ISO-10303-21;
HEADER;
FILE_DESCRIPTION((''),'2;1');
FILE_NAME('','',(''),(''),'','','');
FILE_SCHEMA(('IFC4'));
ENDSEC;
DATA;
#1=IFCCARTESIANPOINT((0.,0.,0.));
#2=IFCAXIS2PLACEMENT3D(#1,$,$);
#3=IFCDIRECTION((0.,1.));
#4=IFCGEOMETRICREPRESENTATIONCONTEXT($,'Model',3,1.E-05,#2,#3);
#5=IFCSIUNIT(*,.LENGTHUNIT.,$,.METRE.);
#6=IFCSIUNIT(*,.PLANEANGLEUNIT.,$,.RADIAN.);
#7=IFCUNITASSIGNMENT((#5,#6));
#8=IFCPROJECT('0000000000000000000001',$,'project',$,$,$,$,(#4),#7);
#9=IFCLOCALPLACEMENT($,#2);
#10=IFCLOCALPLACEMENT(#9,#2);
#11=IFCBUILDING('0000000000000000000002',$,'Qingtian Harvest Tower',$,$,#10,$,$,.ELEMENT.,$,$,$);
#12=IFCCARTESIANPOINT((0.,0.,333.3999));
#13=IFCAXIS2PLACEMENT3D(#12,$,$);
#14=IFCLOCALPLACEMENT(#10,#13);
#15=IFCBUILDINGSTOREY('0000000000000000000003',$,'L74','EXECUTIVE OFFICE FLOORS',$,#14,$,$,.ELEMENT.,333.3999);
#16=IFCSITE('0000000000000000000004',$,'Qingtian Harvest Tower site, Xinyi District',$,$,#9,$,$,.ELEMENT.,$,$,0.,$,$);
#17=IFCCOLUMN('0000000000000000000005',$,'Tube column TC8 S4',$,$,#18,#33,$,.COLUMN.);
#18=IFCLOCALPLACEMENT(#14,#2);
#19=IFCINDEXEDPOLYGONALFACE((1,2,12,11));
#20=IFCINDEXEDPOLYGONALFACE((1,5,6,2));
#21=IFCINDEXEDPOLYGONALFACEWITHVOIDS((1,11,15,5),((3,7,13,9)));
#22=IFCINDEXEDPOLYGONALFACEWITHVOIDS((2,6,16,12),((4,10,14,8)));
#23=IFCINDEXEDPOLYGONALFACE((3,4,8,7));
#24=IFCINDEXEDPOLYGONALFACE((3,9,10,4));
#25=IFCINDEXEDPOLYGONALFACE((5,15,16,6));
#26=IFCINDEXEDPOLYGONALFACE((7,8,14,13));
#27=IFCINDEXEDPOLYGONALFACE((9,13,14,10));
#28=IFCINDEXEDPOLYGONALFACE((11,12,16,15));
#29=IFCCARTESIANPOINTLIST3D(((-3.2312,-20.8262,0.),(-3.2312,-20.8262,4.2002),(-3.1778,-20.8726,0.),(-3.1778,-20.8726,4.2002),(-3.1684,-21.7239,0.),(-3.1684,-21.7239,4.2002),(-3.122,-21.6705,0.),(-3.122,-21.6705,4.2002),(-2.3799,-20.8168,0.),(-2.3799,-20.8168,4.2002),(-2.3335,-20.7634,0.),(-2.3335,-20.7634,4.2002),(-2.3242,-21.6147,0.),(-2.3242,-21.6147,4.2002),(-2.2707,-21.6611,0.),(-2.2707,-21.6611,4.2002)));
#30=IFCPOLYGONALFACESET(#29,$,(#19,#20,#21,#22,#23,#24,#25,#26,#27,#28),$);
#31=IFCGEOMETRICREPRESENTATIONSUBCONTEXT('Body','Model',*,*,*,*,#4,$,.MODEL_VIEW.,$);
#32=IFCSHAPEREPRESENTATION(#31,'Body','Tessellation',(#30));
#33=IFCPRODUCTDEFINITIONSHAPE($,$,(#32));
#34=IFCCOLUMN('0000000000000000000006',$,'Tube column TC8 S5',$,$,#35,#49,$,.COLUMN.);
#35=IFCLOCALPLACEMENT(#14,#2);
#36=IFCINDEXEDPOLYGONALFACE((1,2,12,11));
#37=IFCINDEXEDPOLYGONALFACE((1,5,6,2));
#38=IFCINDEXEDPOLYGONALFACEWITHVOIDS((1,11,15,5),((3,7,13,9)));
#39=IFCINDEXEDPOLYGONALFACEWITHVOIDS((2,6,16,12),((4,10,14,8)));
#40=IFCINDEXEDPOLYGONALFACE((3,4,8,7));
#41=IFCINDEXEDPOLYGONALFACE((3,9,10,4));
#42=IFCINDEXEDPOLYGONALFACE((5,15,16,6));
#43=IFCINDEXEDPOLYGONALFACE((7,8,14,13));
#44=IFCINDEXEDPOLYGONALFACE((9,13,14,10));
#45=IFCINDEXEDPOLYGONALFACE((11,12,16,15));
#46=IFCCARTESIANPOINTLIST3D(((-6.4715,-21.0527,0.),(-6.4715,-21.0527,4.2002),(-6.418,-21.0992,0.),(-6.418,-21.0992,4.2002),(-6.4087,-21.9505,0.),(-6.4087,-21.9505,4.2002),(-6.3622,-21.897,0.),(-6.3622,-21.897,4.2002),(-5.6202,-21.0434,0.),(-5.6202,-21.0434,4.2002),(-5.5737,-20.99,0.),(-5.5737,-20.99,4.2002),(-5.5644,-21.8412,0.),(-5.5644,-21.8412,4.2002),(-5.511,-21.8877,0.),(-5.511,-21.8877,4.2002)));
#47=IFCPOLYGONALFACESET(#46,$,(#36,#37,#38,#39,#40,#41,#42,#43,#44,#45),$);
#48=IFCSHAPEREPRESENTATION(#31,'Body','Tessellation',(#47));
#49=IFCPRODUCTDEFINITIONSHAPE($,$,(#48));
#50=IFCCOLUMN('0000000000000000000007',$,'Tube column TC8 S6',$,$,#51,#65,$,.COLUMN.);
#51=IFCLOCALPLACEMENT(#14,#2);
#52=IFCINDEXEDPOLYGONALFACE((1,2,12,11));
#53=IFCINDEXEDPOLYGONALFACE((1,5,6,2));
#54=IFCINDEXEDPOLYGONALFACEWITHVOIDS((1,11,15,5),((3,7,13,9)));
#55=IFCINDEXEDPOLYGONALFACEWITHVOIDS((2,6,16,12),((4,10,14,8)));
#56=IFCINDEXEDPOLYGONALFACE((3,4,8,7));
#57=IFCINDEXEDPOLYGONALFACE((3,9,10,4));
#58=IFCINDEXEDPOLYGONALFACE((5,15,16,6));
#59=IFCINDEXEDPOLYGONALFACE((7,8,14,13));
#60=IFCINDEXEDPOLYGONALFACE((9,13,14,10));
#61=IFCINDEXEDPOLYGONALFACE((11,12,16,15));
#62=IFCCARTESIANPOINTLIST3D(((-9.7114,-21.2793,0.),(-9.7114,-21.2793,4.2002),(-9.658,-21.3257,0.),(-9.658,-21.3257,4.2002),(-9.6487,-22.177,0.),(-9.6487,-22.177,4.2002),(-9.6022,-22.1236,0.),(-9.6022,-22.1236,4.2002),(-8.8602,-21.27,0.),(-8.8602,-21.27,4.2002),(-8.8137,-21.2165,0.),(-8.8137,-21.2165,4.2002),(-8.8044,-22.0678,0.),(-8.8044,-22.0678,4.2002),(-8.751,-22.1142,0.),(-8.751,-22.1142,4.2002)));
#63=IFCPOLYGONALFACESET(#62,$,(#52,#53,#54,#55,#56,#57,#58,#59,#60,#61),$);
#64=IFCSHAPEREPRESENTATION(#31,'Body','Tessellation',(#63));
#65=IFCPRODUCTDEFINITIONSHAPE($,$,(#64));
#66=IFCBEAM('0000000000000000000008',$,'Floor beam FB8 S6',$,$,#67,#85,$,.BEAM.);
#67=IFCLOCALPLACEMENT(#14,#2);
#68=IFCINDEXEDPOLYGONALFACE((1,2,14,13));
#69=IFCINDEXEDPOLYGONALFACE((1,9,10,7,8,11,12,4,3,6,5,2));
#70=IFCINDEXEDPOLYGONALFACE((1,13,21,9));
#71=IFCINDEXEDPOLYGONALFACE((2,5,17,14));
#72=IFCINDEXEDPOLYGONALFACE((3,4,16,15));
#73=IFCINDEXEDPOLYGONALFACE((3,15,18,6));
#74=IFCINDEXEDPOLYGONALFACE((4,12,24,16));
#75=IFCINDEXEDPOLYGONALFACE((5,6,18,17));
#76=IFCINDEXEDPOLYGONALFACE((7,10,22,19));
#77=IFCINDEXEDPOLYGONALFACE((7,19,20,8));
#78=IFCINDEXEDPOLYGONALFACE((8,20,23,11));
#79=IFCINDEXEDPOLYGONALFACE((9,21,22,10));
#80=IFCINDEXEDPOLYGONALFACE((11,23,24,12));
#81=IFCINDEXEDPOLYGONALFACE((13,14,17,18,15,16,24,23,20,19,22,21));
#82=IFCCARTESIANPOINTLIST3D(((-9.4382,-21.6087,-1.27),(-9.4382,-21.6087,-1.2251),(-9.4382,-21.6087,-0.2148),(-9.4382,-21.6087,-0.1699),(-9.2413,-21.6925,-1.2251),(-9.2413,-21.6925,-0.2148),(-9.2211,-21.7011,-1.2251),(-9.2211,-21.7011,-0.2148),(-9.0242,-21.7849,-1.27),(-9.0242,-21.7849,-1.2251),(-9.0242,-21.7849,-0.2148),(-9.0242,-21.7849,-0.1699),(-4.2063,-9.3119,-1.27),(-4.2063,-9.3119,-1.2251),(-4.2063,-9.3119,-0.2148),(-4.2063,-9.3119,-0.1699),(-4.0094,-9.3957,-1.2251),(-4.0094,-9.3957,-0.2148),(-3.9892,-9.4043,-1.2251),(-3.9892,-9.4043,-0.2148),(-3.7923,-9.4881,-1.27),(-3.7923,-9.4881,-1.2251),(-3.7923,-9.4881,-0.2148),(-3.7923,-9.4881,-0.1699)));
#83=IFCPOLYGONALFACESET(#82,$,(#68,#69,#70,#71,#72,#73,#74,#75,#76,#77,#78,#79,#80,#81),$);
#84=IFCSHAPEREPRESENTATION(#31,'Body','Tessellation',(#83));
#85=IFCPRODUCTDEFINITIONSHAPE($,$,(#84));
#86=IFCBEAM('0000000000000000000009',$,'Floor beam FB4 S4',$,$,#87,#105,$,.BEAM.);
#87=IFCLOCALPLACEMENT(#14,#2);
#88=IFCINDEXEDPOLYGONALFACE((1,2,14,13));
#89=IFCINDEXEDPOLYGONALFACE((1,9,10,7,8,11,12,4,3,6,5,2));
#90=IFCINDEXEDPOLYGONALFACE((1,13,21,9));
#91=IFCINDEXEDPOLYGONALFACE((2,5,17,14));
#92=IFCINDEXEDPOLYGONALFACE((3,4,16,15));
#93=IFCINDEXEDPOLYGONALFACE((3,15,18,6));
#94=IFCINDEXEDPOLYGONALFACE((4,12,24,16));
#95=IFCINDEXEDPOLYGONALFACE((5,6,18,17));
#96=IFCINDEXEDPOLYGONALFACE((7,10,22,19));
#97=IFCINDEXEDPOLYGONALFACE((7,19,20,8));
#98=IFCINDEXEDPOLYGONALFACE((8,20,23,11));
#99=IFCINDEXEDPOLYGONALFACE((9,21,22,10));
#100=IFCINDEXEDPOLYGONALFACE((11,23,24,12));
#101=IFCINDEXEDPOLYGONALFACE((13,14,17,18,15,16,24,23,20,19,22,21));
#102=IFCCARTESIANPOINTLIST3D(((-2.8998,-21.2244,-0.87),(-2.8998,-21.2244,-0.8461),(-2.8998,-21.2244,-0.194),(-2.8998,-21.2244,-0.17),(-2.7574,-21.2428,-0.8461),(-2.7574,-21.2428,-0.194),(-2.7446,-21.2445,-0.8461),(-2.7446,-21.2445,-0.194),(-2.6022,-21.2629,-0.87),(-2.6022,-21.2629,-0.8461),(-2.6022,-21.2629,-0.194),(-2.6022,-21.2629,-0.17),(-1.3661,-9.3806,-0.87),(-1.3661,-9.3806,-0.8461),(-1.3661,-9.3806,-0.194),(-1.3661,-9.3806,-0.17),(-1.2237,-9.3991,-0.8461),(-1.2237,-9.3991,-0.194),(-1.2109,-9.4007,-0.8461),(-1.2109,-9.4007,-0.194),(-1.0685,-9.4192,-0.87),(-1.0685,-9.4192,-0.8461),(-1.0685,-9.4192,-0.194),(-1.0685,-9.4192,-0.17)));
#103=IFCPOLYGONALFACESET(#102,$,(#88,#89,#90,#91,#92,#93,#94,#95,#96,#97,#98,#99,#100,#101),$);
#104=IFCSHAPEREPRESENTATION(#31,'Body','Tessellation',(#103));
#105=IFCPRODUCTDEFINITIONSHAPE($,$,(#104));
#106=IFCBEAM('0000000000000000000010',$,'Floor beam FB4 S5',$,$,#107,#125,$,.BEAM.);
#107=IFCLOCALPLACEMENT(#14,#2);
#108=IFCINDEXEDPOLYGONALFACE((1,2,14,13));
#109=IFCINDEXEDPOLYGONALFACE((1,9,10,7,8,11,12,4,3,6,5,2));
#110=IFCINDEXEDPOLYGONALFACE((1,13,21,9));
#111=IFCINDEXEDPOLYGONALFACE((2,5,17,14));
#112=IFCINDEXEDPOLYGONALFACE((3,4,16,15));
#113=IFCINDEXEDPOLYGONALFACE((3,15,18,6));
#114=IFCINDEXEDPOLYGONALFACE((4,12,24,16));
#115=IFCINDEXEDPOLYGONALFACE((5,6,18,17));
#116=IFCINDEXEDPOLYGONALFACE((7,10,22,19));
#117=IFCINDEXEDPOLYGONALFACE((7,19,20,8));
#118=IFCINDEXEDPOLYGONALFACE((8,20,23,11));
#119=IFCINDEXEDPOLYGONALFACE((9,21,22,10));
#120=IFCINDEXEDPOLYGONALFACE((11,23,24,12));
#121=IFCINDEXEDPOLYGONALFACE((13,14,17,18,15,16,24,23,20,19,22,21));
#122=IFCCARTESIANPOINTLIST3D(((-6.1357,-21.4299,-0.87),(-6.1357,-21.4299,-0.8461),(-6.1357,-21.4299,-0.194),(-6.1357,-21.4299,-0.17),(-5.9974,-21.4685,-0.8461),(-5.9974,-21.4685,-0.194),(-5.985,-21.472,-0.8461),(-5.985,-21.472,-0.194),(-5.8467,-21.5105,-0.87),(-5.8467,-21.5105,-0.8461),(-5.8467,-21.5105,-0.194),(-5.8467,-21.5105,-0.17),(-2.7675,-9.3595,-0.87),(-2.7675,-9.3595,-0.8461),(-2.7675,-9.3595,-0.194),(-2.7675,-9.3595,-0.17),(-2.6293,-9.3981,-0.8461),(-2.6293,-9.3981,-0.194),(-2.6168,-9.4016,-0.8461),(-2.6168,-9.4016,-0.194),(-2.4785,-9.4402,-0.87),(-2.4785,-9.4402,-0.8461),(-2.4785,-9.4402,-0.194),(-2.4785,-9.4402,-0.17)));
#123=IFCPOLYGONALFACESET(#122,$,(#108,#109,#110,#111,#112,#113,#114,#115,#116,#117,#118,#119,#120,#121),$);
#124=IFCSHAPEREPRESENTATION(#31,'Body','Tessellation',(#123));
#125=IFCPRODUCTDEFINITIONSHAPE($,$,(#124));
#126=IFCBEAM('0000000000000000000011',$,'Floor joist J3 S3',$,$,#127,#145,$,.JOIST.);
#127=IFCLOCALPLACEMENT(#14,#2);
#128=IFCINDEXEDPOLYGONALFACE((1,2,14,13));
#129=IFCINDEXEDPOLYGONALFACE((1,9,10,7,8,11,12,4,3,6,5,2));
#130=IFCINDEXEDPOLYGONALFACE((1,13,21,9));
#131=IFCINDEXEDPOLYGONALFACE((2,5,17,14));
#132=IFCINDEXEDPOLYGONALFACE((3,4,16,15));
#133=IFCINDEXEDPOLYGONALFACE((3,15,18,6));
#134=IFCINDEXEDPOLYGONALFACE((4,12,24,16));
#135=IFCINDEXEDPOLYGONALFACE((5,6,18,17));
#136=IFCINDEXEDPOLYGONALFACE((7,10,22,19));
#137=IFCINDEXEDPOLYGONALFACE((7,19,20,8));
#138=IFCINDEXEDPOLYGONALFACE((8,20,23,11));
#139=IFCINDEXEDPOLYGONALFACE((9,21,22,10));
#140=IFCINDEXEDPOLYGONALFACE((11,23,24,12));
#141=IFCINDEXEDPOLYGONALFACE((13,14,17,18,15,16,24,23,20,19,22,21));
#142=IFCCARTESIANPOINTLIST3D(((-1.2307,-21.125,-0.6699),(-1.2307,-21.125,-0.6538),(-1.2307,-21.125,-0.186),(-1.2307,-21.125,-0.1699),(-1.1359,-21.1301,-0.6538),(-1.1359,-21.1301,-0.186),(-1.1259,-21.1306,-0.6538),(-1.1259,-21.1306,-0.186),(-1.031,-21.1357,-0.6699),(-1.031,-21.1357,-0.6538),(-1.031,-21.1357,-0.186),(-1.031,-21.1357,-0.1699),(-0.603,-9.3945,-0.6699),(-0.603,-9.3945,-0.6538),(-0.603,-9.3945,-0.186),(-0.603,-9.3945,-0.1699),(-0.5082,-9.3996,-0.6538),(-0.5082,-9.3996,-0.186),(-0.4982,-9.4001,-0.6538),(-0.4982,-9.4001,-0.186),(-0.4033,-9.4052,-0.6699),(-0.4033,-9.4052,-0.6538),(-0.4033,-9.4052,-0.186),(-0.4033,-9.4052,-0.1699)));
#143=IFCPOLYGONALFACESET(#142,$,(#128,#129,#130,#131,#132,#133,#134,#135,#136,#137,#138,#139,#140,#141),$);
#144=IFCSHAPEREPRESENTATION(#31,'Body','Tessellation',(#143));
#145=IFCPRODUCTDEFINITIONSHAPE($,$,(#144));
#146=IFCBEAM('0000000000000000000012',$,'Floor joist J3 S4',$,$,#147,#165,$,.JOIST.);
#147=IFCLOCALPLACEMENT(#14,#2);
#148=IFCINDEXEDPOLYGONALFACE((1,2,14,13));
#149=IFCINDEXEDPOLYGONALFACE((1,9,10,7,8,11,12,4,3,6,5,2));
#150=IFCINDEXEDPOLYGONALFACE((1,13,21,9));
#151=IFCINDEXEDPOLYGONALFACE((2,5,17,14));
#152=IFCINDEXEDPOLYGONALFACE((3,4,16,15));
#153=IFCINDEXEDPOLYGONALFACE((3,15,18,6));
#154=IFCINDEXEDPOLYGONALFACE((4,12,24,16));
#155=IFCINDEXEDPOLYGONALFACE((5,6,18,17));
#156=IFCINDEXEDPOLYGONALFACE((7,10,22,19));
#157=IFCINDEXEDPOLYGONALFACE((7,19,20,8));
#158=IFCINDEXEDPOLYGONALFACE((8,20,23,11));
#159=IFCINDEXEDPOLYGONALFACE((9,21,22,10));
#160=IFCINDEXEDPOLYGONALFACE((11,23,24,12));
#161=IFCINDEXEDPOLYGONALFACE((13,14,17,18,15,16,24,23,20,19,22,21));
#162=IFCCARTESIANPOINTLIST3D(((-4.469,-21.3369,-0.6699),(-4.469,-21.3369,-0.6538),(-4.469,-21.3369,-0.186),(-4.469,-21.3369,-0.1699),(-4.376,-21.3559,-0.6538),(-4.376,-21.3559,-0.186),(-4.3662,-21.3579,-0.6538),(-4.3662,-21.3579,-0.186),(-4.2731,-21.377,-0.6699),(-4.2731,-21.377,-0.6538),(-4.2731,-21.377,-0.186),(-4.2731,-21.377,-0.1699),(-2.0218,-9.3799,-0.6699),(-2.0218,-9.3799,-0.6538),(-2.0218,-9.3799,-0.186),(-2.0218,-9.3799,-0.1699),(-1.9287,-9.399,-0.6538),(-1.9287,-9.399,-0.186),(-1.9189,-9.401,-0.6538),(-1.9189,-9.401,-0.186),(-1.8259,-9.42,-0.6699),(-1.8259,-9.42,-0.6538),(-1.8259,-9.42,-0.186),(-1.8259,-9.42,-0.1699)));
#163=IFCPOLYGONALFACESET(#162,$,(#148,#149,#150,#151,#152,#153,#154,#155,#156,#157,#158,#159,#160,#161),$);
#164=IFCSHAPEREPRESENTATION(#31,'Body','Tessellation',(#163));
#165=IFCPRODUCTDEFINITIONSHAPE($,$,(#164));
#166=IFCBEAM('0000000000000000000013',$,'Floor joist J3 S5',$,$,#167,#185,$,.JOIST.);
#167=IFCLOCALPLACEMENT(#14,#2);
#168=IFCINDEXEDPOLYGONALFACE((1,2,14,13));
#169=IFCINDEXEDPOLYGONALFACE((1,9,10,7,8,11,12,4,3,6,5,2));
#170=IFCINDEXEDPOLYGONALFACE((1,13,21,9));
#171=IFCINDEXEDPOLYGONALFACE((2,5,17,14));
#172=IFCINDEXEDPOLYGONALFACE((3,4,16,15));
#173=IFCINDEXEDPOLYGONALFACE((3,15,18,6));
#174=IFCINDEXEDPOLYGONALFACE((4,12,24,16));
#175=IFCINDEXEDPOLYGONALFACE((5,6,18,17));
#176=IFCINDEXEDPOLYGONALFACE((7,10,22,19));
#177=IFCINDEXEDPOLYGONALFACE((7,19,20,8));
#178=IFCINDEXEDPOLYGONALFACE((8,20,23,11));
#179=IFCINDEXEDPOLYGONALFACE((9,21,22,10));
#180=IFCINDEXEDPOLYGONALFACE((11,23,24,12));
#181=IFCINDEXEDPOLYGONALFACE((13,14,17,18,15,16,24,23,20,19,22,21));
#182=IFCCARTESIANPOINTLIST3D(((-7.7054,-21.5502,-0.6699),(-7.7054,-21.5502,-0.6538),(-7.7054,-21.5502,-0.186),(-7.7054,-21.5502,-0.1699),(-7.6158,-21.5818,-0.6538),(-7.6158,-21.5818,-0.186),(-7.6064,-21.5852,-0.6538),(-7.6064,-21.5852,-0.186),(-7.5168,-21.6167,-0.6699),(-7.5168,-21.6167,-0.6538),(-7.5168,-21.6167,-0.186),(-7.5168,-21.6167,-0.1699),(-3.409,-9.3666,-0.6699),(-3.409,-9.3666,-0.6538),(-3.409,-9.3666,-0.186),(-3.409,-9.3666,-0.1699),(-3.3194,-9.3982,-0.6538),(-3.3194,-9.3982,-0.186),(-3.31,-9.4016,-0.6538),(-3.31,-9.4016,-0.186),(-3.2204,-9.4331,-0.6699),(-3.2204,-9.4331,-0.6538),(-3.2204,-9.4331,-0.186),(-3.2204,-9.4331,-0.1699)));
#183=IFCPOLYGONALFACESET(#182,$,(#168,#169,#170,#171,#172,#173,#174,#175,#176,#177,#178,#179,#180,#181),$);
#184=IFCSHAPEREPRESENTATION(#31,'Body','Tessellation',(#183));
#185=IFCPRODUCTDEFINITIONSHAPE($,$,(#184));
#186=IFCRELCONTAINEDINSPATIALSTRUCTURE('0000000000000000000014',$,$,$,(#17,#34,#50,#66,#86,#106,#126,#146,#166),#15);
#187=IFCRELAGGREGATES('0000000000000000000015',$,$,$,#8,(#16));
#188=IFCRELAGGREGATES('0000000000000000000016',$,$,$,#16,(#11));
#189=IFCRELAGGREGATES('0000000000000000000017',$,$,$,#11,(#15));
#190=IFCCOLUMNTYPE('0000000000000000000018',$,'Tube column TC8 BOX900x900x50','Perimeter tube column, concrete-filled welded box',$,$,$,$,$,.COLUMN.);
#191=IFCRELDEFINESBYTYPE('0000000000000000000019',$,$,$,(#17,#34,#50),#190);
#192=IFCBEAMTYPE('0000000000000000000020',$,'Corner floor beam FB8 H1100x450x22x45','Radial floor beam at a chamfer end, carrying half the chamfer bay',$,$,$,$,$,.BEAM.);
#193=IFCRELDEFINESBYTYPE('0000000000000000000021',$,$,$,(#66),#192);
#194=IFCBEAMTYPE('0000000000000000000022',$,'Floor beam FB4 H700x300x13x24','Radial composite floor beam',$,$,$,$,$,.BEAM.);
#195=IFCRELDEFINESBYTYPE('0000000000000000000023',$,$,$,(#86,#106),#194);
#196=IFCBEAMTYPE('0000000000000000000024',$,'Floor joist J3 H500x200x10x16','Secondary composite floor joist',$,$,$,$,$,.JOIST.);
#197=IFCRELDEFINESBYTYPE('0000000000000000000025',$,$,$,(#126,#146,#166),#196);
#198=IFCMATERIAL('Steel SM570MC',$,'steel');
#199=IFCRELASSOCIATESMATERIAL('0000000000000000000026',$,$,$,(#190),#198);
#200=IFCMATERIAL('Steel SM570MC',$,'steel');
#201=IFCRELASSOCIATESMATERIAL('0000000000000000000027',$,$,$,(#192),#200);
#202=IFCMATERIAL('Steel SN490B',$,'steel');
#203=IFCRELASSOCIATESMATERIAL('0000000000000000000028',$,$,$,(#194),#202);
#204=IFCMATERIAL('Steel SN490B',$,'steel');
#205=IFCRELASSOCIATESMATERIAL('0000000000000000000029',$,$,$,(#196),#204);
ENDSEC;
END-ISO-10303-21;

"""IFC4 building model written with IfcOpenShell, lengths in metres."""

from ifc_helpers import new_model, si_unit, direction, frame, origin, origin_2d, place, context, subcontext, project, spatial, hollow_rectangle, i_section, extrude, material, material_profile, profile_set, type_object, element, save


model = new_model("IFC4")

# Units and contexts
model_context = context("Model", 3, precision=1e-05, world=origin(), true_north=direction((0.0, 1.0)))
body_context = subcontext(model_context, "Body", "Model", "MODEL_VIEW")
ifc_project = project(units=[si_unit("LENGTHUNIT", "METRE"), si_unit("PLANEANGLEUNIT", "RADIAN")], contexts=[model_context])

# Site, building, storey
site_placement = place(None, origin())
site = spatial("IfcSite", under=ifc_project, at=site_placement, Name="Qingtian Harvest Tower site, Xinyi District", CompositionType="ELEMENT", RefElevation=0.0)
building_placement = place(site_placement, origin())
building = spatial("IfcBuilding", under=site, at=building_placement, Name="Qingtian Harvest Tower", CompositionType="ELEMENT")
storey_placement = place(building_placement, frame((0.0, 0.0, 333.3999)))
storey = spatial("IfcBuildingStorey", under=building, at=storey_placement, Name="L74", Description="EXECUTIVE OFFICE FLOORS", CompositionType="ELEMENT", Elevation=333.3999)

# Columns
ifc_material_1 = material(Name="Steel SM570MC", Category="steel")
ifc_material_profile_1 = material_profile(ifc_material_1, hollow_rectangle(XDim=0.8999, YDim=0.8999, WallThickness=0.05, at=origin_2d()), Name="BOX900x900x50")
ifc_profile_set_1 = profile_set([ifc_material_profile_1], Name="Steel SM570MC")
column_type = type_object("IfcColumnType", Name="Tube column TC8 BOX900x900x50", Description="Perimeter tube column, concrete-filled welded box", PredefinedType="COLUMN", material=ifc_profile_set_1)
for number, where, z_axis, x_axis, name in (
    (1, (-2.751, -21.2437, 0.0), (0.0, 0.0, 1.0), (0.997564, 0.069756, 0.0), "Tube column TC8 S4"),
    (2, (-5.9912, -21.4702, 0.0), (0.0, 0.0, 1.0), (0.997564, 0.069756, 0.0), "Tube column TC8 S5"),
    (3, (-9.2312, -21.6968, 0.0), (0.0, 0.0, 1.0), (0.997564, 0.069756, 0.0), "Tube column TC8 S6"),
):
    element("IfcColumn", number, at=place(storey_placement, frame(where, z_axis=z_axis, x_axis=x_axis)), inside=storey, type_object=column_type, Name=name, PredefinedType="COLUMN", context=body_context, shape_type="SweptSolid", body=[
        extrude(hollow_rectangle(XDim=0.8999, YDim=0.8999, WallThickness=0.05, at=origin_2d()), origin(), (0.0, 0.0, 1.0), 4.2002),
    ])

# Beams
ifc_material_2 = material(Name="Steel SM570MC", Category="steel")
ifc_material_profile_2 = material_profile(ifc_material_2, i_section(OverallWidth=0.45, OverallDepth=1.1001, WebThickness=0.022, FlangeThickness=0.0449, at=origin_2d()), Name="H1100x450x22x45")
ifc_profile_set_2 = profile_set([ifc_material_profile_2], Name="Steel SM570MC")
beam_type_1 = type_object("IfcBeamType", Name="Corner floor beam FB8 H1100x450x22x45", Description="Radial floor beam at a chamfer end, carrying half the chamfer bay", PredefinedType="BEAM", material=ifc_profile_set_2)
beam_1_placement = place(storey_placement, frame((-9.2312, -21.6968, -0.72), z_axis=(0.391506, 0.920176, 0.0), x_axis=(-0.920176, 0.391506, 0.0)))
element("IfcBeam", 4, at=beam_1_placement, inside=storey, type_object=beam_type_1, Name="Floor beam FB8 S6", PredefinedType="BEAM", context=body_context, shape_type="SweptSolid", body=[
    extrude(i_section(OverallWidth=0.45, OverallDepth=1.1001, WebThickness=0.022, FlangeThickness=0.0449, at=origin_2d()), origin(), (0.0, 0.0, 1.0), 13.3635),
])
ifc_material_3 = material(Name="Steel SN490B", Category="steel")
ifc_material_profile_3 = material_profile(ifc_material_3, i_section(OverallWidth=0.3, OverallDepth=0.7, WebThickness=0.0129, FlangeThickness=0.0239, at=origin_2d()), Name="H700x300x13x24")
ifc_profile_set_3 = profile_set([ifc_material_profile_3], Name="Steel SN490B")
beam_type_2 = type_object("IfcBeamType", Name="Floor beam FB4 H700x300x13x24", Description="Radial composite floor beam", PredefinedType="BEAM", material=ifc_profile_set_3)
beam_2_placement = place(storey_placement, frame((-2.751, -21.2437, -0.52), z_axis=(0.128421, 0.99172, 0.0), x_axis=(-0.99172, 0.128421, 0.0)))
element("IfcBeam", 5, at=beam_2_placement, inside=storey, type_object=beam_type_2, Name="Floor beam FB4 S4", PredefinedType="BEAM", context=body_context, shape_type="SweptSolid", body=[
    extrude(i_section(OverallWidth=0.3, OverallDepth=0.7, WebThickness=0.0129, FlangeThickness=0.0239, at=origin_2d()), origin(), (0.0, 0.0, 1.0), 11.9426),
])
beam_3_placement = place(storey_placement, frame((-5.9912, -21.4702, -0.52), z_axis=(0.268777, 0.963202, 0.0), x_axis=(-0.963202, 0.268777, 0.0)))
element("IfcBeam", 6, at=beam_3_placement, inside=storey, type_object=beam_type_2, Name="Floor beam FB4 S5", PredefinedType="BEAM", context=body_context, shape_type="SweptSolid", body=[
    extrude(i_section(OverallWidth=0.3, OverallDepth=0.7, WebThickness=0.0129, FlangeThickness=0.0239, at=origin_2d()), origin(), (0.0, 0.0, 1.0), 12.5315),
])
ifc_material_4 = material(Name="Steel SN490B", Category="steel")
ifc_material_profile_4 = material_profile(ifc_material_4, i_section(OverallWidth=0.2, OverallDepth=0.5, WebThickness=0.01, FlangeThickness=0.0161, at=origin_2d()), Name="H500x200x10x16")
ifc_profile_set_4 = profile_set([ifc_material_profile_4], Name="Steel SN490B")
beam_type_3 = type_object("IfcBeamType", Name="Floor joist J3 H500x200x10x16", Description="Secondary composite floor joist", PredefinedType="JOIST", material=ifc_profile_set_4)
beam_4_placement = place(storey_placement, frame((-1.1309, -21.1304, -0.4199), z_axis=(0.053433, 0.998571, 0.0), x_axis=(-0.998571, 0.053433, 0.0)))
element("IfcBeam", 7, at=beam_4_placement, inside=storey, type_object=beam_type_3, Name="Floor joist J3 S3", PredefinedType="JOIST", context=body_context, shape_type="SweptSolid", body=[
    extrude(i_section(OverallWidth=0.2, OverallDepth=0.5, WebThickness=0.01, FlangeThickness=0.0161, at=origin_2d()), origin(), (0.0, 0.0, 1.0), 11.7473),
])
beam_5_placement = place(storey_placement, frame((-4.3711, -21.3569, -0.4199), z_axis=(0.200515, 0.979691, 0.0), x_axis=(-0.979691, 0.200515, 0.0)))
element("IfcBeam", 8, at=beam_5_placement, inside=storey, type_object=beam_type_3, Name="Floor joist J3 S4", PredefinedType="JOIST", context=body_context, shape_type="SweptSolid", body=[
    extrude(i_section(OverallWidth=0.2, OverallDepth=0.5, WebThickness=0.01, FlangeThickness=0.0161, at=origin_2d()), origin(), (0.0, 0.0, 1.0), 12.2048),
])
beam_6_placement = place(storey_placement, frame((-7.6111, -21.5835, -0.4199), z_axis=(0.332565, 0.94308, 0.0), x_axis=(-0.94308, 0.332565, 0.0)))
element("IfcBeam", 9, at=beam_6_placement, inside=storey, type_object=beam_type_3, Name="Floor joist J3 S5", PredefinedType="JOIST", context=body_context, shape_type="SweptSolid", body=[
    extrude(i_section(OverallWidth=0.2, OverallDepth=0.5, WebThickness=0.01, FlangeThickness=0.0161, at=origin_2d()), origin(), (0.0, 0.0, 1.0), 12.9189),
])

save(model, "model.ifc")
